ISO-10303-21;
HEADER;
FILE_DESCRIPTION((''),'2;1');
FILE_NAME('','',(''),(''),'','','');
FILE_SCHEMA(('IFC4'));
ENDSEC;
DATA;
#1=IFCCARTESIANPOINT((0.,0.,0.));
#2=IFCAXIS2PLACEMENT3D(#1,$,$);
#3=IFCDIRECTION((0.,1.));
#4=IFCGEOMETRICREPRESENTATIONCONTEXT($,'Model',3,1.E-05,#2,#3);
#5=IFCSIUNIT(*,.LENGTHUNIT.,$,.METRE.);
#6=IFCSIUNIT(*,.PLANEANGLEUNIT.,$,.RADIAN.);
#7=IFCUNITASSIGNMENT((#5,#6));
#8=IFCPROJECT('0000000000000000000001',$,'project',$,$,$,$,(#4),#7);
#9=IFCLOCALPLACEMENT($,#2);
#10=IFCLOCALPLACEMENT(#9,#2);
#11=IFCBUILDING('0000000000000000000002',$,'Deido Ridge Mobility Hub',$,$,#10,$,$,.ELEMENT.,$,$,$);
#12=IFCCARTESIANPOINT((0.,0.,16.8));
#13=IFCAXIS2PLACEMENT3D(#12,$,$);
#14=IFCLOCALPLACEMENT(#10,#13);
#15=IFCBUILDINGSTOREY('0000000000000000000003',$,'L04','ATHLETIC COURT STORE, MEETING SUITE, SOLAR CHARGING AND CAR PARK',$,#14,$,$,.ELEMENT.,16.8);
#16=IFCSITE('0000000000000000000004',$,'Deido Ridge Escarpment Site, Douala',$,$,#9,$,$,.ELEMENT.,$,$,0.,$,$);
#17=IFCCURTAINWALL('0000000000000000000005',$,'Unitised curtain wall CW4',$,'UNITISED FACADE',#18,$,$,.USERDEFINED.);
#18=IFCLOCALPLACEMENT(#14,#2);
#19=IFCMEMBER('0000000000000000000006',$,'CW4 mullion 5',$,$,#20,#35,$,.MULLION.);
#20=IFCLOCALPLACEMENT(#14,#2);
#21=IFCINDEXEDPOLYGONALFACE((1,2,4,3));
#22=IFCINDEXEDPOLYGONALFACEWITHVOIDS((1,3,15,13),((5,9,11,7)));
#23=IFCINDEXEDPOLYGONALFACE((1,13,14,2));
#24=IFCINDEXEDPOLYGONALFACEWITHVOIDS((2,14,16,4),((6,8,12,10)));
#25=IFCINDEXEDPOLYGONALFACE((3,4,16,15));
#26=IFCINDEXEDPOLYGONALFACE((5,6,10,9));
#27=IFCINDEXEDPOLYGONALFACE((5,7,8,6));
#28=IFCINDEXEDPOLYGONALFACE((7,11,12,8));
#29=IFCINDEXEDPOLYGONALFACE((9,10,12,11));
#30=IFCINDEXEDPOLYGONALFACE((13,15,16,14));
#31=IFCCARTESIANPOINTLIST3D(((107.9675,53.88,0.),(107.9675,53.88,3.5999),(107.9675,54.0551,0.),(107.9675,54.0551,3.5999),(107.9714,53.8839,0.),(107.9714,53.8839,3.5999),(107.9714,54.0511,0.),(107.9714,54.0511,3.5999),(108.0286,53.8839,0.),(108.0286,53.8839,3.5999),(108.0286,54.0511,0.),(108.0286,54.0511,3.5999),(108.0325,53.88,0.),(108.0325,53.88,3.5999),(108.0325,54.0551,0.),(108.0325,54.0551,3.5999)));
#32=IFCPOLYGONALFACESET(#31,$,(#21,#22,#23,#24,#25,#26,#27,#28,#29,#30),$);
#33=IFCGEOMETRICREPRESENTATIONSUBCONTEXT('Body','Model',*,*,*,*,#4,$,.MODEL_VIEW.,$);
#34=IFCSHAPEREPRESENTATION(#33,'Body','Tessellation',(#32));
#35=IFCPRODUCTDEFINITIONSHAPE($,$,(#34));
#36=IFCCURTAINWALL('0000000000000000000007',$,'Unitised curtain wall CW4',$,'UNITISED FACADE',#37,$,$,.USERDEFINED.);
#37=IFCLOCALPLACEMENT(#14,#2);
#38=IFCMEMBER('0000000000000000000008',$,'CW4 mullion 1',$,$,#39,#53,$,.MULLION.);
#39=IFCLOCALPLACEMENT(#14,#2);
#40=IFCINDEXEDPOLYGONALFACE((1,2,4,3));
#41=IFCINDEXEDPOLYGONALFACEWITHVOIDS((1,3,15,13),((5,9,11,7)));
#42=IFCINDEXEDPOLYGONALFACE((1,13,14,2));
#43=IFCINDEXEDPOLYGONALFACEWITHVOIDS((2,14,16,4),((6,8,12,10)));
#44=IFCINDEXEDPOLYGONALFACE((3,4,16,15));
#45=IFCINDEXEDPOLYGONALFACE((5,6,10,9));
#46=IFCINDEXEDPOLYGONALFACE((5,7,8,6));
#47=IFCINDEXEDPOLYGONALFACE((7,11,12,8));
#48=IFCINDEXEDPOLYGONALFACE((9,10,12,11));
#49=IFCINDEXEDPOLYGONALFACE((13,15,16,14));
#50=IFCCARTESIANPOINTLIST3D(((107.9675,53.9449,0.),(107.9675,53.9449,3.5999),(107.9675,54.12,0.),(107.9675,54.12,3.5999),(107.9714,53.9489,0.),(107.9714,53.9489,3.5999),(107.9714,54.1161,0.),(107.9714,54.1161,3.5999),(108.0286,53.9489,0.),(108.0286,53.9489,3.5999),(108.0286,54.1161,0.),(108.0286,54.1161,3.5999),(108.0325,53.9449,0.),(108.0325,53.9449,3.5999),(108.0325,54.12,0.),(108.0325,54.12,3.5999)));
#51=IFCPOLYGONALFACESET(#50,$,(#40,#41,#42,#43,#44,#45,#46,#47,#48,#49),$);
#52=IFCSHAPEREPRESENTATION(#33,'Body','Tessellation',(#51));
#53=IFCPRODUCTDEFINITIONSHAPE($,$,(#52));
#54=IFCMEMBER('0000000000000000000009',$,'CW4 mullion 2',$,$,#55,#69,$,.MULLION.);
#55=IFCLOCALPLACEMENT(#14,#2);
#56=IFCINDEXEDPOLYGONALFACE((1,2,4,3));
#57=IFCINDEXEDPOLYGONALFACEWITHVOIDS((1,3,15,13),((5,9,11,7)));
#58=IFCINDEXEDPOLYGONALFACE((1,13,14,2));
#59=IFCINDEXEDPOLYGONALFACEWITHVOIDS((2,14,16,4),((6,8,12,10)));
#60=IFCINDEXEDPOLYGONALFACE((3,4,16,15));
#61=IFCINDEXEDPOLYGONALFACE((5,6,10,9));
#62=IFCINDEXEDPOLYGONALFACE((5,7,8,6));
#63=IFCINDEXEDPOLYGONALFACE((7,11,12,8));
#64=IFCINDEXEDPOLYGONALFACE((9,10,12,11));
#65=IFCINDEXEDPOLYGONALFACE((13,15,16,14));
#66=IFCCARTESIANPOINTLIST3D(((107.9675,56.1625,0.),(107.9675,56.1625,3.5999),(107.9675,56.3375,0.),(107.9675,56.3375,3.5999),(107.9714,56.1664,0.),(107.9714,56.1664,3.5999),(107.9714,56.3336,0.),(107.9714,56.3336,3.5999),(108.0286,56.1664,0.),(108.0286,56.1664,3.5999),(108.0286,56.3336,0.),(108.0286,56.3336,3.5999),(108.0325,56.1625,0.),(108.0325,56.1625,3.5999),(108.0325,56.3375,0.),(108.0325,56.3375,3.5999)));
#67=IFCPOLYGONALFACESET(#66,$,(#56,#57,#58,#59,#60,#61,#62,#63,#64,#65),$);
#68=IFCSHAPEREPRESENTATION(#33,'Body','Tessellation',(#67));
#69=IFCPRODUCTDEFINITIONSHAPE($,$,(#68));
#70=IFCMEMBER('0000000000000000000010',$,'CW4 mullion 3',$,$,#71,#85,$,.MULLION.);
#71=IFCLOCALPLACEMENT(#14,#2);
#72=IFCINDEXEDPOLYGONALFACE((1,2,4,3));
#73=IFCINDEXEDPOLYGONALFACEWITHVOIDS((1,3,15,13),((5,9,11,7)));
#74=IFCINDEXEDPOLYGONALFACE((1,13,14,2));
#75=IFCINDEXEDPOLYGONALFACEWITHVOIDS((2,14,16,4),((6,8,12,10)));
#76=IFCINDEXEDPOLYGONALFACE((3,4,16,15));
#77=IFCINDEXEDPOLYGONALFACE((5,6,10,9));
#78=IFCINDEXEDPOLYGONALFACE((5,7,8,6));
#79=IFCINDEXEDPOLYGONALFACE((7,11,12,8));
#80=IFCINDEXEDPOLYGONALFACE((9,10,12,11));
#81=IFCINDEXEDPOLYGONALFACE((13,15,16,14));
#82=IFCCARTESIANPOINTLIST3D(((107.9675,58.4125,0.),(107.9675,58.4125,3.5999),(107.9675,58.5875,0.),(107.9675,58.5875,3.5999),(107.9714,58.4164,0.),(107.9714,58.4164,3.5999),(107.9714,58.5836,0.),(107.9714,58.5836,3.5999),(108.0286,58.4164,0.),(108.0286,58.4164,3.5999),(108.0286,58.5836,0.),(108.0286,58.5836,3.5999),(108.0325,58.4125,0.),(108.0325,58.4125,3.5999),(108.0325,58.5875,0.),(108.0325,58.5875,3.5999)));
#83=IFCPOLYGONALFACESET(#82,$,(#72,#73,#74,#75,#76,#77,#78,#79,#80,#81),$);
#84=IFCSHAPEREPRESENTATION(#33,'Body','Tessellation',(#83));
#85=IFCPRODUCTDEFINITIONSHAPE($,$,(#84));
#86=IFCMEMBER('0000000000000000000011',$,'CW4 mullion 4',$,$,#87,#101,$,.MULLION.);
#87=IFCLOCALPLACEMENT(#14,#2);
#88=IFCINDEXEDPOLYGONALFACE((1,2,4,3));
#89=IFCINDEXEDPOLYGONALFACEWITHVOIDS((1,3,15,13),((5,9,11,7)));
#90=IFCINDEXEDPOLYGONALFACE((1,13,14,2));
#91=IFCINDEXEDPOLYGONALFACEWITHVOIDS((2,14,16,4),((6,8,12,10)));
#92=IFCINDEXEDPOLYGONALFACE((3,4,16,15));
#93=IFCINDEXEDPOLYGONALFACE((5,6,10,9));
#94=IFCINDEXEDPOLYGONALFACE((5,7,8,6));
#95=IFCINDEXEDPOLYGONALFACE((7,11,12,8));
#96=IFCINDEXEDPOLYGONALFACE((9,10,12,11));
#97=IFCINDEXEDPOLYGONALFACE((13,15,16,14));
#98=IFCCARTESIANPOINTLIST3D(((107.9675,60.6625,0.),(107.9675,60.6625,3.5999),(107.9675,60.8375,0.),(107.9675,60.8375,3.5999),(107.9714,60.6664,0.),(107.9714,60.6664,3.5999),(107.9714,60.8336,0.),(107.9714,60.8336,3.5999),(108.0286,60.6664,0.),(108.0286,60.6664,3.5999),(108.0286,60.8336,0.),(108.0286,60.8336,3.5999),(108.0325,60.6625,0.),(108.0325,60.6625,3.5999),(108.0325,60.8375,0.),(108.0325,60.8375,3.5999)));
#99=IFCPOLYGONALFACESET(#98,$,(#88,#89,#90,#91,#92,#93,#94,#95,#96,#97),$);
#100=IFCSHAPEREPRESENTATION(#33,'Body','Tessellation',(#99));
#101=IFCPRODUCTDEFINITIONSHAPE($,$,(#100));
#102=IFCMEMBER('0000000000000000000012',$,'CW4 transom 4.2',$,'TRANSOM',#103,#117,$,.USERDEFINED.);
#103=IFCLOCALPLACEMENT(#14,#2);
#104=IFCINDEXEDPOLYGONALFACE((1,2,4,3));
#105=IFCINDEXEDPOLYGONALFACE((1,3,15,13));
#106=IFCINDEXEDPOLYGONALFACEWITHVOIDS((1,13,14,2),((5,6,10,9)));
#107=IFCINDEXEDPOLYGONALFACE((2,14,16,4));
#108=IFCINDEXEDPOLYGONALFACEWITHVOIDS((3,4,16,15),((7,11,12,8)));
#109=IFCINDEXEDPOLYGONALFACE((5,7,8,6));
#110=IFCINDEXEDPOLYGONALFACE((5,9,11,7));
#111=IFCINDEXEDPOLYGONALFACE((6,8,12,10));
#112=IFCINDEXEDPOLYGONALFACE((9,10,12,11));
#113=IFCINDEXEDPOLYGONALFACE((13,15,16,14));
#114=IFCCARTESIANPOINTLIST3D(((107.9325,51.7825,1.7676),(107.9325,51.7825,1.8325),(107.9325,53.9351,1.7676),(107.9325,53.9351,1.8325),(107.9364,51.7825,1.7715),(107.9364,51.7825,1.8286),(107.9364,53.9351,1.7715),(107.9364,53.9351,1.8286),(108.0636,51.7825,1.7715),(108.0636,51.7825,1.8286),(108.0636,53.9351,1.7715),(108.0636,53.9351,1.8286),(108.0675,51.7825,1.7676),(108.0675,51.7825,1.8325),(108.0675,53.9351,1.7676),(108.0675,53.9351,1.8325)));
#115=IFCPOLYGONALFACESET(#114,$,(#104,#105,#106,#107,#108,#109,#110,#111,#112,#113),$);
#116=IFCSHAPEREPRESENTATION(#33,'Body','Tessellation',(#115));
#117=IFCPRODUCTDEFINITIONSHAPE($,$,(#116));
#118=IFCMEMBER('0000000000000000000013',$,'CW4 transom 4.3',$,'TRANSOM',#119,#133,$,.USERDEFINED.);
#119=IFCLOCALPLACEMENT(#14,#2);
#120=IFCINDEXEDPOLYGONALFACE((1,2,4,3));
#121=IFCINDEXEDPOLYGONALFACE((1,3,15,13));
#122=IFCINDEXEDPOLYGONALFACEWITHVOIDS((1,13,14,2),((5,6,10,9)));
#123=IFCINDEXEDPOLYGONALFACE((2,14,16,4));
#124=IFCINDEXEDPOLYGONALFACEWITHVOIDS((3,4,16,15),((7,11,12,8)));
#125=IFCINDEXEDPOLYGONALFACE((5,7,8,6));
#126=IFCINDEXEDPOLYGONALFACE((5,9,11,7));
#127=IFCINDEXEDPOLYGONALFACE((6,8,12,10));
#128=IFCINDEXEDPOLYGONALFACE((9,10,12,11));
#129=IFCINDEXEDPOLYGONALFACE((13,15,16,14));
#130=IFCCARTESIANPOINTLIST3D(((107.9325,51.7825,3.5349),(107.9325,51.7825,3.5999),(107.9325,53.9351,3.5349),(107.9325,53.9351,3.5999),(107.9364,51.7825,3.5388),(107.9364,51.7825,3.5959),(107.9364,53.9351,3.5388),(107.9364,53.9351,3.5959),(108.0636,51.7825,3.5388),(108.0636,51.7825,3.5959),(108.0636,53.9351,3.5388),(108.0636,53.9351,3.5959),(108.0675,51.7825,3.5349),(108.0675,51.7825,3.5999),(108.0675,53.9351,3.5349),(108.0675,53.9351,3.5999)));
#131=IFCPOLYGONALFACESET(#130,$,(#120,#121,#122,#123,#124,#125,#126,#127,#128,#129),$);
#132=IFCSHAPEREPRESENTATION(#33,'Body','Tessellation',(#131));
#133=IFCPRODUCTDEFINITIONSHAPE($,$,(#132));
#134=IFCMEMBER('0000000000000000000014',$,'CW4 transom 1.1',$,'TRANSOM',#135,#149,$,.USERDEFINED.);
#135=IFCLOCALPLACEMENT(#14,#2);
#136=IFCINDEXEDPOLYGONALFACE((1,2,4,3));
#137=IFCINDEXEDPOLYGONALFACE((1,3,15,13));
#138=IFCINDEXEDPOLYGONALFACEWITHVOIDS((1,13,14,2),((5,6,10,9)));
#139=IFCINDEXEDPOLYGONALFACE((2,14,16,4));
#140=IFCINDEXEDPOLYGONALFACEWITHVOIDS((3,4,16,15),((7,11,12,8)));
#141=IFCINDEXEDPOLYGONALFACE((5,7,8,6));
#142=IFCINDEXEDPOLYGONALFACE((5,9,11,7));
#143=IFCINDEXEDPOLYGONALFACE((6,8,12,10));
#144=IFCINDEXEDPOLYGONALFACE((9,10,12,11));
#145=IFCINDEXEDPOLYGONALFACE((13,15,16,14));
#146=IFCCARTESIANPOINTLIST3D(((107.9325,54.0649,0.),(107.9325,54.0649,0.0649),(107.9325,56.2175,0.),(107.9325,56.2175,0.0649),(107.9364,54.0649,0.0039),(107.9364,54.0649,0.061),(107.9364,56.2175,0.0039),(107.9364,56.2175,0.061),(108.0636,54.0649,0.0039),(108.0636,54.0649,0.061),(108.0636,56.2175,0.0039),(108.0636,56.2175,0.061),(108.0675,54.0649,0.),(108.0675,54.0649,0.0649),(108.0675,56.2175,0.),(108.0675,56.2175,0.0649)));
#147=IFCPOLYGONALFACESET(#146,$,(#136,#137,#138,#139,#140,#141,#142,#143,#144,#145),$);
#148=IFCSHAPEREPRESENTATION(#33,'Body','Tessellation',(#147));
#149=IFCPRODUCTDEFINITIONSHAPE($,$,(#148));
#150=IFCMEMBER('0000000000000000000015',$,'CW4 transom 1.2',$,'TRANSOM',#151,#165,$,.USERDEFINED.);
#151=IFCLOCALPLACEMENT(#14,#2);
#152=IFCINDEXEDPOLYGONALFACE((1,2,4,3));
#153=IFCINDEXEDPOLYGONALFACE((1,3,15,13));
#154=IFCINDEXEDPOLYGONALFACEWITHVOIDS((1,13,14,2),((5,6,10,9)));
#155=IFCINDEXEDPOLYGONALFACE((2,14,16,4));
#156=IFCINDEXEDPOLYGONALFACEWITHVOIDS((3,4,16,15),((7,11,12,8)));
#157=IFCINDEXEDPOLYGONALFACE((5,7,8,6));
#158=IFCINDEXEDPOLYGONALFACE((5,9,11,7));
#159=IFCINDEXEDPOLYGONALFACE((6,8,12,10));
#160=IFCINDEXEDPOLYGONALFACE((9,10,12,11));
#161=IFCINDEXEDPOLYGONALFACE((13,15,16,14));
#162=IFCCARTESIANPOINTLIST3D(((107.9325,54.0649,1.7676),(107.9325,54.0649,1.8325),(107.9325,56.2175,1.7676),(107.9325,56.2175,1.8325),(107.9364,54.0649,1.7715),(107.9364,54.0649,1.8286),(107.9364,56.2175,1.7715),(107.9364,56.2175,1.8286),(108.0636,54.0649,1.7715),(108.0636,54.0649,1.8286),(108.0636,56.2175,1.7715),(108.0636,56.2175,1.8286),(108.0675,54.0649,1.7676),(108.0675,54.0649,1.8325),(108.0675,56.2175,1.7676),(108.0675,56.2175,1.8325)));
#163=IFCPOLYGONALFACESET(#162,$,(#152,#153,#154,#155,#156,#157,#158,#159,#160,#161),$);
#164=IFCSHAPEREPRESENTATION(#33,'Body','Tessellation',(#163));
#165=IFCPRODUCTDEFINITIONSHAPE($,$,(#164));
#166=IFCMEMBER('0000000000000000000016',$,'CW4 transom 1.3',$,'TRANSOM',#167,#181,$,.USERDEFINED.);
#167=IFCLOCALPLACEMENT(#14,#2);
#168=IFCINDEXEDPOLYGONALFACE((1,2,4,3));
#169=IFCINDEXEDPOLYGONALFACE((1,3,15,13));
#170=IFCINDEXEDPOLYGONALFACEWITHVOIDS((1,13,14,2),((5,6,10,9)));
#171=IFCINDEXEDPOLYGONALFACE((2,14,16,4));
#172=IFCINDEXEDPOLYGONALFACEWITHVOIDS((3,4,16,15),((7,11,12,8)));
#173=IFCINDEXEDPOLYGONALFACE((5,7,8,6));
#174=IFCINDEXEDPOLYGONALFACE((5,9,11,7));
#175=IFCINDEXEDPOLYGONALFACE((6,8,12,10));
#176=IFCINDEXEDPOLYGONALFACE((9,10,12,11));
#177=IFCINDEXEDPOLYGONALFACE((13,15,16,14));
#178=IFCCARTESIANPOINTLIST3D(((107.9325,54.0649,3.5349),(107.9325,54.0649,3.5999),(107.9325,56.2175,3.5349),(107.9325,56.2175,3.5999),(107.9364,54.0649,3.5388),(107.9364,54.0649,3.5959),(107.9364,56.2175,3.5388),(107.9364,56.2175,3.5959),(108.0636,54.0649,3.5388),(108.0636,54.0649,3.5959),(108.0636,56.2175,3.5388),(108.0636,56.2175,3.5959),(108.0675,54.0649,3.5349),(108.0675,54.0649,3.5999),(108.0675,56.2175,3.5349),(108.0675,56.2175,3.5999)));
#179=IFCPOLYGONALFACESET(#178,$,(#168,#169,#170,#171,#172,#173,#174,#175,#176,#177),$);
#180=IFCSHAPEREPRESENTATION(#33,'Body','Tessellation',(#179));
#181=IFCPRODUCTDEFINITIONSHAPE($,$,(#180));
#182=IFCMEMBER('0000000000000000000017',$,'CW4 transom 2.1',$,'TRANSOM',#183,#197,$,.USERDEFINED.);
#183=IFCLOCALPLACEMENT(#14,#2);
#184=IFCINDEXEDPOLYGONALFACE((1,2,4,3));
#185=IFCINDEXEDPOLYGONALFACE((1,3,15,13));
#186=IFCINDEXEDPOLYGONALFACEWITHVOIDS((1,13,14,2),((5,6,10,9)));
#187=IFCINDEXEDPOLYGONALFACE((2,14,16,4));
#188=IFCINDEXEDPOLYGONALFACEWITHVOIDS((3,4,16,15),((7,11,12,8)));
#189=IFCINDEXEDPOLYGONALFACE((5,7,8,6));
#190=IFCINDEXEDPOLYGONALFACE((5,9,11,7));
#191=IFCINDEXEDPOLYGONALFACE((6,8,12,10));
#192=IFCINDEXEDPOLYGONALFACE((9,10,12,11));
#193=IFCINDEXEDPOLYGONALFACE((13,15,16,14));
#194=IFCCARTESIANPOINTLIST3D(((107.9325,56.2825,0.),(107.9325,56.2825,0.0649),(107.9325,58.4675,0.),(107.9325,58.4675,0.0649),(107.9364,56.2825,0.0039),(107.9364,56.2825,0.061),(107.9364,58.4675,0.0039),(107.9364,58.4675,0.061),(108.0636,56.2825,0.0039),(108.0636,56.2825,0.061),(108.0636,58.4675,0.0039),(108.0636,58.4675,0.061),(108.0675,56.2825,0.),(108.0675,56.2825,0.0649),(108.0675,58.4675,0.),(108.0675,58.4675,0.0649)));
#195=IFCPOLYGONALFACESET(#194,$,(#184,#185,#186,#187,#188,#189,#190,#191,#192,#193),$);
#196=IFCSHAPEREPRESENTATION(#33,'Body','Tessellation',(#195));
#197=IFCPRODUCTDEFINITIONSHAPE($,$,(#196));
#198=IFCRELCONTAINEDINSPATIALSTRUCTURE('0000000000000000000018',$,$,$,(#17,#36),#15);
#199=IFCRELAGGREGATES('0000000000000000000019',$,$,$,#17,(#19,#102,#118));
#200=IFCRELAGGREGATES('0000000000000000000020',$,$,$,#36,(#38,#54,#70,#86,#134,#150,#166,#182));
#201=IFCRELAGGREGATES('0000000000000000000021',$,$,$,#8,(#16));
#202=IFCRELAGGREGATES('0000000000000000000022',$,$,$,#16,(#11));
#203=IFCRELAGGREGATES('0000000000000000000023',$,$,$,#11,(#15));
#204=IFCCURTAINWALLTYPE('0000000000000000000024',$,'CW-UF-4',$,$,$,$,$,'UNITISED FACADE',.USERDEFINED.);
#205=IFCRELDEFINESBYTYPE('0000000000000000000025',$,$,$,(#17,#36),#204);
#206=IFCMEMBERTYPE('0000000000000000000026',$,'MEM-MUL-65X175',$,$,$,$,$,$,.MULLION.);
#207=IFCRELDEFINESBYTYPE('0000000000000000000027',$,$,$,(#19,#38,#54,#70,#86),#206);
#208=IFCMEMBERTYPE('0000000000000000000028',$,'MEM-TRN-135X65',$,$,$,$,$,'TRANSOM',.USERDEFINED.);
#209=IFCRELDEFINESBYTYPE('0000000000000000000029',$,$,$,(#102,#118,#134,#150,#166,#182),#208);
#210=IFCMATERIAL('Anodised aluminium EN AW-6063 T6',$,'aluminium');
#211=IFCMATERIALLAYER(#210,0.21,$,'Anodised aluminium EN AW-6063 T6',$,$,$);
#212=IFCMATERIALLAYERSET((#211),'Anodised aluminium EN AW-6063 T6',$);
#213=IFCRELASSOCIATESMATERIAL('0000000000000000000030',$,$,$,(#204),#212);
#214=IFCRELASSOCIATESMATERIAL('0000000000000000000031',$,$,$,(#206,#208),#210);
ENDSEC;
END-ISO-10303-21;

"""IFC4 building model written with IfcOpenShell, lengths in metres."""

from ifc_helpers import new_model, si_unit, direction, frame, origin, origin_2d, place, context, subcontext, project, spatial, hollow_rectangle, extrude, material, layer, layer_set, material_profile, profile_set, type_object, element, aggregate, save


model = new_model("IFC4")

# Units and contexts
model_context = context("Model", 3, precision=1e-05, world=origin(), true_north=direction((0.0, 1.0)))
body_context = subcontext(model_context, "Body", "Model", "MODEL_VIEW")
ifc_project = project(units=[si_unit("LENGTHUNIT", "METRE"), si_unit("PLANEANGLEUNIT", "RADIAN")], contexts=[model_context])

# Site, building, storey
site_placement = place(None, origin())
site = spatial("IfcSite", under=ifc_project, at=site_placement, Name="Deido Ridge Escarpment Site, Douala", CompositionType="ELEMENT", RefElevation=0.0)
building_placement = place(site_placement, origin())
building = spatial("IfcBuilding", under=site, at=building_placement, Name="Deido Ridge Mobility Hub", CompositionType="ELEMENT")
storey_placement = place(building_placement, frame((0.0, 0.0, 16.8)))
storey = spatial("IfcBuildingStorey", under=building, at=storey_placement, Name="L04", Description="ATHLETIC COURT STORE, MEETING SUITE, SOLAR CHARGING AND CAR PARK", CompositionType="ELEMENT", Elevation=16.8)

# Curtain wall, member
ifc_material_1 = material(Name="Anodised aluminium EN AW-6063 T6", Category="aluminium")
ifc_layer_1 = layer(ifc_material_1, 0.21, Name="Anodised aluminium EN AW-6063 T6")
ifc_layer_set_1 = layer_set([ifc_layer_1], Name="Anodised aluminium EN AW-6063 T6")
curtain_wall_type = type_object("IfcCurtainWallType", Name="CW-UF-4", ElementType="UNITISED FACADE", PredefinedType="USERDEFINED", material=ifc_layer_set_1)
curtain_wall_1_placement = place(storey_placement, origin())
curtain_wall_1 = element("IfcCurtainWall", 1, at=curtain_wall_1_placement, inside=storey, type_object=curtain_wall_type, Name="Unitised curtain wall CW4", ObjectType="UNITISED FACADE", PredefinedType="USERDEFINED")
ifc_material_profile_1 = material_profile(ifc_material_1, hollow_rectangle(XDim=0.0649, YDim=0.175, WallThickness=0.0039, at=origin_2d()), Name="RHS 65x175x4")
ifc_profile_set_1 = profile_set([ifc_material_profile_1], Name="Anodised aluminium EN AW-6063 T6")
member_type_1 = type_object("IfcMemberType", Name="MEM-MUL-65X175", PredefinedType="MULLION", material=ifc_profile_set_1)
member_1_placement = place(storey_placement, frame((108.0, 53.9675, 0.0), z_axis=(0.0, 0.0, 1.0), x_axis=(-1.0, 0.0, 0.0)))
member_1 = element("IfcMember", 2, at=member_1_placement, type_object=member_type_1, Name="CW4 mullion 5", PredefinedType="MULLION", context=body_context, shape_type="SweptSolid", body=[
    extrude(hollow_rectangle(XDim=0.0649, YDim=0.175, WallThickness=0.0039, at=origin_2d()), origin(), (0.0, 0.0, 1.0), 3.5999),
])

# Curtain wall, members
curtain_wall_2_placement = place(storey_placement, origin())
curtain_wall_2 = element("IfcCurtainWall", 3, at=curtain_wall_2_placement, inside=storey, type_object=curtain_wall_type, Name="Unitised curtain wall CW4", ObjectType="UNITISED FACADE", PredefinedType="USERDEFINED")
member_2_placement = place(storey_placement, frame((108.0, 54.0325, 0.0), z_axis=(0.0, 0.0, 1.0), x_axis=(-1.0, 0.0, 0.0)))
member_2 = element("IfcMember", 4, at=member_2_placement, type_object=member_type_1, Name="CW4 mullion 1", PredefinedType="MULLION", context=body_context, shape_type="SweptSolid", body=[
    extrude(hollow_rectangle(XDim=0.0649, YDim=0.175, WallThickness=0.0039, at=origin_2d()), origin(), (0.0, 0.0, 1.0), 3.5999),
])
member_3_placement = place(storey_placement, frame((108.0, 56.25, 0.0), z_axis=(0.0, 0.0, 1.0), x_axis=(-1.0, 0.0, 0.0)))
member_3 = element("IfcMember", 5, at=member_3_placement, type_object=member_type_1, Name="CW4 mullion 2", PredefinedType="MULLION", context=body_context, shape_type="SweptSolid", body=[
    extrude(hollow_rectangle(XDim=0.0649, YDim=0.175, WallThickness=0.0039, at=origin_2d()), origin(), (0.0, 0.0, 1.0), 3.5999),
])
member_4_placement = place(storey_placement, frame((108.0, 58.5, 0.0), z_axis=(0.0, 0.0, 1.0), x_axis=(-1.0, 0.0, 0.0)))
member_4 = element("IfcMember", 6, at=member_4_placement, type_object=member_type_1, Name="CW4 mullion 3", PredefinedType="MULLION", context=body_context, shape_type="SweptSolid", body=[
    extrude(hollow_rectangle(XDim=0.0649, YDim=0.175, WallThickness=0.0039, at=origin_2d()), origin(), (0.0, 0.0, 1.0), 3.5999),
])
member_5_placement = place(storey_placement, frame((108.0, 60.75, 0.0), z_axis=(0.0, 0.0, 1.0), x_axis=(-1.0, 0.0, 0.0)))
member_5 = element("IfcMember", 7, at=member_5_placement, type_object=member_type_1, Name="CW4 mullion 4", PredefinedType="MULLION", context=body_context, shape_type="SweptSolid", body=[
    extrude(hollow_rectangle(XDim=0.0649, YDim=0.175, WallThickness=0.0039, at=origin_2d()), origin(), (0.0, 0.0, 1.0), 3.5999),
])

# Members
ifc_material_profile_2 = material_profile(ifc_material_1, hollow_rectangle(XDim=0.135, YDim=0.0649, WallThickness=0.0039, at=origin_2d()), Name="RHS 135x65x4")
ifc_profile_set_2 = profile_set([ifc_material_profile_2], Name="Anodised aluminium EN AW-6063 T6")
member_type_2 = type_object("IfcMemberType", Name="MEM-TRN-135X65", ElementType="TRANSOM", PredefinedType="USERDEFINED", material=ifc_profile_set_2)
member_6_placement = place(storey_placement, frame((108.0, 51.7825, 1.8), z_axis=(0.0, 1.0, 0.0), x_axis=(-1.0, 0.0, 0.0)))
member_6 = element("IfcMember", 8, at=member_6_placement, type_object=member_type_2, Name="CW4 transom 4.2", ObjectType="TRANSOM", PredefinedType="USERDEFINED", context=body_context, shape_type="SweptSolid", body=[
    extrude(hollow_rectangle(XDim=0.135, YDim=0.0649, WallThickness=0.0039, at=origin_2d()), origin(), (0.0, 0.0, 1.0), 2.1526),
])
member_7_placement = place(storey_placement, frame((108.0, 51.7825, 3.5674), z_axis=(0.0, 1.0, 0.0), x_axis=(-1.0, 0.0, 0.0)))
member_7 = element("IfcMember", 9, at=member_7_placement, type_object=member_type_2, Name="CW4 transom 4.3", ObjectType="TRANSOM", PredefinedType="USERDEFINED", context=body_context, shape_type="SweptSolid", body=[
    extrude(hollow_rectangle(XDim=0.135, YDim=0.0649, WallThickness=0.0039, at=origin_2d()), origin(), (0.0, 0.0, 1.0), 2.1526),
])
member_8_placement = place(storey_placement, frame((108.0, 54.0649, 0.0325), z_axis=(0.0, 1.0, 0.0), x_axis=(-1.0, 0.0, 0.0)))
member_8 = element("IfcMember", 10, at=member_8_placement, type_object=member_type_2, Name="CW4 transom 1.1", ObjectType="TRANSOM", PredefinedType="USERDEFINED", context=body_context, shape_type="SweptSolid", body=[
    extrude(hollow_rectangle(XDim=0.135, YDim=0.0649, WallThickness=0.0039, at=origin_2d()), origin(), (0.0, 0.0, 1.0), 2.1526),
])
member_9_placement = place(storey_placement, frame((108.0, 54.0649, 1.8), z_axis=(0.0, 1.0, 0.0), x_axis=(-1.0, 0.0, 0.0)))
member_9 = element("IfcMember", 11, at=member_9_placement, type_object=member_type_2, Name="CW4 transom 1.2", ObjectType="TRANSOM", PredefinedType="USERDEFINED", context=body_context, shape_type="SweptSolid", body=[
    extrude(hollow_rectangle(XDim=0.135, YDim=0.0649, WallThickness=0.0039, at=origin_2d()), origin(), (0.0, 0.0, 1.0), 2.1526),
])
member_10_placement = place(storey_placement, frame((108.0, 54.0649, 3.5674), z_axis=(0.0, 1.0, 0.0), x_axis=(-1.0, 0.0, 0.0)))
member_10 = element("IfcMember", 12, at=member_10_placement, type_object=member_type_2, Name="CW4 transom 1.3", ObjectType="TRANSOM", PredefinedType="USERDEFINED", context=body_context, shape_type="SweptSolid", body=[
    extrude(hollow_rectangle(XDim=0.135, YDim=0.0649, WallThickness=0.0039, at=origin_2d()), origin(), (0.0, 0.0, 1.0), 2.1526),
])
member_11_placement = place(storey_placement, frame((108.0, 56.2825, 0.0325), z_axis=(0.0, 1.0, 0.0), x_axis=(-1.0, 0.0, 0.0)))
member_11 = element("IfcMember", 13, at=member_11_placement, type_object=member_type_2, Name="CW4 transom 2.1", ObjectType="TRANSOM", PredefinedType="USERDEFINED", context=body_context, shape_type="SweptSolid", body=[
    extrude(hollow_rectangle(XDim=0.135, YDim=0.0649, WallThickness=0.0039, at=origin_2d()), origin(), (0.0, 0.0, 1.0), 2.1851),
])

aggregate(curtain_wall_1, [member_1, member_6, member_7])
aggregate(curtain_wall_2, [member_2, member_3, member_4, member_5, member_8, member_9, member_10, member_11])

save(model, "model.ifc")
